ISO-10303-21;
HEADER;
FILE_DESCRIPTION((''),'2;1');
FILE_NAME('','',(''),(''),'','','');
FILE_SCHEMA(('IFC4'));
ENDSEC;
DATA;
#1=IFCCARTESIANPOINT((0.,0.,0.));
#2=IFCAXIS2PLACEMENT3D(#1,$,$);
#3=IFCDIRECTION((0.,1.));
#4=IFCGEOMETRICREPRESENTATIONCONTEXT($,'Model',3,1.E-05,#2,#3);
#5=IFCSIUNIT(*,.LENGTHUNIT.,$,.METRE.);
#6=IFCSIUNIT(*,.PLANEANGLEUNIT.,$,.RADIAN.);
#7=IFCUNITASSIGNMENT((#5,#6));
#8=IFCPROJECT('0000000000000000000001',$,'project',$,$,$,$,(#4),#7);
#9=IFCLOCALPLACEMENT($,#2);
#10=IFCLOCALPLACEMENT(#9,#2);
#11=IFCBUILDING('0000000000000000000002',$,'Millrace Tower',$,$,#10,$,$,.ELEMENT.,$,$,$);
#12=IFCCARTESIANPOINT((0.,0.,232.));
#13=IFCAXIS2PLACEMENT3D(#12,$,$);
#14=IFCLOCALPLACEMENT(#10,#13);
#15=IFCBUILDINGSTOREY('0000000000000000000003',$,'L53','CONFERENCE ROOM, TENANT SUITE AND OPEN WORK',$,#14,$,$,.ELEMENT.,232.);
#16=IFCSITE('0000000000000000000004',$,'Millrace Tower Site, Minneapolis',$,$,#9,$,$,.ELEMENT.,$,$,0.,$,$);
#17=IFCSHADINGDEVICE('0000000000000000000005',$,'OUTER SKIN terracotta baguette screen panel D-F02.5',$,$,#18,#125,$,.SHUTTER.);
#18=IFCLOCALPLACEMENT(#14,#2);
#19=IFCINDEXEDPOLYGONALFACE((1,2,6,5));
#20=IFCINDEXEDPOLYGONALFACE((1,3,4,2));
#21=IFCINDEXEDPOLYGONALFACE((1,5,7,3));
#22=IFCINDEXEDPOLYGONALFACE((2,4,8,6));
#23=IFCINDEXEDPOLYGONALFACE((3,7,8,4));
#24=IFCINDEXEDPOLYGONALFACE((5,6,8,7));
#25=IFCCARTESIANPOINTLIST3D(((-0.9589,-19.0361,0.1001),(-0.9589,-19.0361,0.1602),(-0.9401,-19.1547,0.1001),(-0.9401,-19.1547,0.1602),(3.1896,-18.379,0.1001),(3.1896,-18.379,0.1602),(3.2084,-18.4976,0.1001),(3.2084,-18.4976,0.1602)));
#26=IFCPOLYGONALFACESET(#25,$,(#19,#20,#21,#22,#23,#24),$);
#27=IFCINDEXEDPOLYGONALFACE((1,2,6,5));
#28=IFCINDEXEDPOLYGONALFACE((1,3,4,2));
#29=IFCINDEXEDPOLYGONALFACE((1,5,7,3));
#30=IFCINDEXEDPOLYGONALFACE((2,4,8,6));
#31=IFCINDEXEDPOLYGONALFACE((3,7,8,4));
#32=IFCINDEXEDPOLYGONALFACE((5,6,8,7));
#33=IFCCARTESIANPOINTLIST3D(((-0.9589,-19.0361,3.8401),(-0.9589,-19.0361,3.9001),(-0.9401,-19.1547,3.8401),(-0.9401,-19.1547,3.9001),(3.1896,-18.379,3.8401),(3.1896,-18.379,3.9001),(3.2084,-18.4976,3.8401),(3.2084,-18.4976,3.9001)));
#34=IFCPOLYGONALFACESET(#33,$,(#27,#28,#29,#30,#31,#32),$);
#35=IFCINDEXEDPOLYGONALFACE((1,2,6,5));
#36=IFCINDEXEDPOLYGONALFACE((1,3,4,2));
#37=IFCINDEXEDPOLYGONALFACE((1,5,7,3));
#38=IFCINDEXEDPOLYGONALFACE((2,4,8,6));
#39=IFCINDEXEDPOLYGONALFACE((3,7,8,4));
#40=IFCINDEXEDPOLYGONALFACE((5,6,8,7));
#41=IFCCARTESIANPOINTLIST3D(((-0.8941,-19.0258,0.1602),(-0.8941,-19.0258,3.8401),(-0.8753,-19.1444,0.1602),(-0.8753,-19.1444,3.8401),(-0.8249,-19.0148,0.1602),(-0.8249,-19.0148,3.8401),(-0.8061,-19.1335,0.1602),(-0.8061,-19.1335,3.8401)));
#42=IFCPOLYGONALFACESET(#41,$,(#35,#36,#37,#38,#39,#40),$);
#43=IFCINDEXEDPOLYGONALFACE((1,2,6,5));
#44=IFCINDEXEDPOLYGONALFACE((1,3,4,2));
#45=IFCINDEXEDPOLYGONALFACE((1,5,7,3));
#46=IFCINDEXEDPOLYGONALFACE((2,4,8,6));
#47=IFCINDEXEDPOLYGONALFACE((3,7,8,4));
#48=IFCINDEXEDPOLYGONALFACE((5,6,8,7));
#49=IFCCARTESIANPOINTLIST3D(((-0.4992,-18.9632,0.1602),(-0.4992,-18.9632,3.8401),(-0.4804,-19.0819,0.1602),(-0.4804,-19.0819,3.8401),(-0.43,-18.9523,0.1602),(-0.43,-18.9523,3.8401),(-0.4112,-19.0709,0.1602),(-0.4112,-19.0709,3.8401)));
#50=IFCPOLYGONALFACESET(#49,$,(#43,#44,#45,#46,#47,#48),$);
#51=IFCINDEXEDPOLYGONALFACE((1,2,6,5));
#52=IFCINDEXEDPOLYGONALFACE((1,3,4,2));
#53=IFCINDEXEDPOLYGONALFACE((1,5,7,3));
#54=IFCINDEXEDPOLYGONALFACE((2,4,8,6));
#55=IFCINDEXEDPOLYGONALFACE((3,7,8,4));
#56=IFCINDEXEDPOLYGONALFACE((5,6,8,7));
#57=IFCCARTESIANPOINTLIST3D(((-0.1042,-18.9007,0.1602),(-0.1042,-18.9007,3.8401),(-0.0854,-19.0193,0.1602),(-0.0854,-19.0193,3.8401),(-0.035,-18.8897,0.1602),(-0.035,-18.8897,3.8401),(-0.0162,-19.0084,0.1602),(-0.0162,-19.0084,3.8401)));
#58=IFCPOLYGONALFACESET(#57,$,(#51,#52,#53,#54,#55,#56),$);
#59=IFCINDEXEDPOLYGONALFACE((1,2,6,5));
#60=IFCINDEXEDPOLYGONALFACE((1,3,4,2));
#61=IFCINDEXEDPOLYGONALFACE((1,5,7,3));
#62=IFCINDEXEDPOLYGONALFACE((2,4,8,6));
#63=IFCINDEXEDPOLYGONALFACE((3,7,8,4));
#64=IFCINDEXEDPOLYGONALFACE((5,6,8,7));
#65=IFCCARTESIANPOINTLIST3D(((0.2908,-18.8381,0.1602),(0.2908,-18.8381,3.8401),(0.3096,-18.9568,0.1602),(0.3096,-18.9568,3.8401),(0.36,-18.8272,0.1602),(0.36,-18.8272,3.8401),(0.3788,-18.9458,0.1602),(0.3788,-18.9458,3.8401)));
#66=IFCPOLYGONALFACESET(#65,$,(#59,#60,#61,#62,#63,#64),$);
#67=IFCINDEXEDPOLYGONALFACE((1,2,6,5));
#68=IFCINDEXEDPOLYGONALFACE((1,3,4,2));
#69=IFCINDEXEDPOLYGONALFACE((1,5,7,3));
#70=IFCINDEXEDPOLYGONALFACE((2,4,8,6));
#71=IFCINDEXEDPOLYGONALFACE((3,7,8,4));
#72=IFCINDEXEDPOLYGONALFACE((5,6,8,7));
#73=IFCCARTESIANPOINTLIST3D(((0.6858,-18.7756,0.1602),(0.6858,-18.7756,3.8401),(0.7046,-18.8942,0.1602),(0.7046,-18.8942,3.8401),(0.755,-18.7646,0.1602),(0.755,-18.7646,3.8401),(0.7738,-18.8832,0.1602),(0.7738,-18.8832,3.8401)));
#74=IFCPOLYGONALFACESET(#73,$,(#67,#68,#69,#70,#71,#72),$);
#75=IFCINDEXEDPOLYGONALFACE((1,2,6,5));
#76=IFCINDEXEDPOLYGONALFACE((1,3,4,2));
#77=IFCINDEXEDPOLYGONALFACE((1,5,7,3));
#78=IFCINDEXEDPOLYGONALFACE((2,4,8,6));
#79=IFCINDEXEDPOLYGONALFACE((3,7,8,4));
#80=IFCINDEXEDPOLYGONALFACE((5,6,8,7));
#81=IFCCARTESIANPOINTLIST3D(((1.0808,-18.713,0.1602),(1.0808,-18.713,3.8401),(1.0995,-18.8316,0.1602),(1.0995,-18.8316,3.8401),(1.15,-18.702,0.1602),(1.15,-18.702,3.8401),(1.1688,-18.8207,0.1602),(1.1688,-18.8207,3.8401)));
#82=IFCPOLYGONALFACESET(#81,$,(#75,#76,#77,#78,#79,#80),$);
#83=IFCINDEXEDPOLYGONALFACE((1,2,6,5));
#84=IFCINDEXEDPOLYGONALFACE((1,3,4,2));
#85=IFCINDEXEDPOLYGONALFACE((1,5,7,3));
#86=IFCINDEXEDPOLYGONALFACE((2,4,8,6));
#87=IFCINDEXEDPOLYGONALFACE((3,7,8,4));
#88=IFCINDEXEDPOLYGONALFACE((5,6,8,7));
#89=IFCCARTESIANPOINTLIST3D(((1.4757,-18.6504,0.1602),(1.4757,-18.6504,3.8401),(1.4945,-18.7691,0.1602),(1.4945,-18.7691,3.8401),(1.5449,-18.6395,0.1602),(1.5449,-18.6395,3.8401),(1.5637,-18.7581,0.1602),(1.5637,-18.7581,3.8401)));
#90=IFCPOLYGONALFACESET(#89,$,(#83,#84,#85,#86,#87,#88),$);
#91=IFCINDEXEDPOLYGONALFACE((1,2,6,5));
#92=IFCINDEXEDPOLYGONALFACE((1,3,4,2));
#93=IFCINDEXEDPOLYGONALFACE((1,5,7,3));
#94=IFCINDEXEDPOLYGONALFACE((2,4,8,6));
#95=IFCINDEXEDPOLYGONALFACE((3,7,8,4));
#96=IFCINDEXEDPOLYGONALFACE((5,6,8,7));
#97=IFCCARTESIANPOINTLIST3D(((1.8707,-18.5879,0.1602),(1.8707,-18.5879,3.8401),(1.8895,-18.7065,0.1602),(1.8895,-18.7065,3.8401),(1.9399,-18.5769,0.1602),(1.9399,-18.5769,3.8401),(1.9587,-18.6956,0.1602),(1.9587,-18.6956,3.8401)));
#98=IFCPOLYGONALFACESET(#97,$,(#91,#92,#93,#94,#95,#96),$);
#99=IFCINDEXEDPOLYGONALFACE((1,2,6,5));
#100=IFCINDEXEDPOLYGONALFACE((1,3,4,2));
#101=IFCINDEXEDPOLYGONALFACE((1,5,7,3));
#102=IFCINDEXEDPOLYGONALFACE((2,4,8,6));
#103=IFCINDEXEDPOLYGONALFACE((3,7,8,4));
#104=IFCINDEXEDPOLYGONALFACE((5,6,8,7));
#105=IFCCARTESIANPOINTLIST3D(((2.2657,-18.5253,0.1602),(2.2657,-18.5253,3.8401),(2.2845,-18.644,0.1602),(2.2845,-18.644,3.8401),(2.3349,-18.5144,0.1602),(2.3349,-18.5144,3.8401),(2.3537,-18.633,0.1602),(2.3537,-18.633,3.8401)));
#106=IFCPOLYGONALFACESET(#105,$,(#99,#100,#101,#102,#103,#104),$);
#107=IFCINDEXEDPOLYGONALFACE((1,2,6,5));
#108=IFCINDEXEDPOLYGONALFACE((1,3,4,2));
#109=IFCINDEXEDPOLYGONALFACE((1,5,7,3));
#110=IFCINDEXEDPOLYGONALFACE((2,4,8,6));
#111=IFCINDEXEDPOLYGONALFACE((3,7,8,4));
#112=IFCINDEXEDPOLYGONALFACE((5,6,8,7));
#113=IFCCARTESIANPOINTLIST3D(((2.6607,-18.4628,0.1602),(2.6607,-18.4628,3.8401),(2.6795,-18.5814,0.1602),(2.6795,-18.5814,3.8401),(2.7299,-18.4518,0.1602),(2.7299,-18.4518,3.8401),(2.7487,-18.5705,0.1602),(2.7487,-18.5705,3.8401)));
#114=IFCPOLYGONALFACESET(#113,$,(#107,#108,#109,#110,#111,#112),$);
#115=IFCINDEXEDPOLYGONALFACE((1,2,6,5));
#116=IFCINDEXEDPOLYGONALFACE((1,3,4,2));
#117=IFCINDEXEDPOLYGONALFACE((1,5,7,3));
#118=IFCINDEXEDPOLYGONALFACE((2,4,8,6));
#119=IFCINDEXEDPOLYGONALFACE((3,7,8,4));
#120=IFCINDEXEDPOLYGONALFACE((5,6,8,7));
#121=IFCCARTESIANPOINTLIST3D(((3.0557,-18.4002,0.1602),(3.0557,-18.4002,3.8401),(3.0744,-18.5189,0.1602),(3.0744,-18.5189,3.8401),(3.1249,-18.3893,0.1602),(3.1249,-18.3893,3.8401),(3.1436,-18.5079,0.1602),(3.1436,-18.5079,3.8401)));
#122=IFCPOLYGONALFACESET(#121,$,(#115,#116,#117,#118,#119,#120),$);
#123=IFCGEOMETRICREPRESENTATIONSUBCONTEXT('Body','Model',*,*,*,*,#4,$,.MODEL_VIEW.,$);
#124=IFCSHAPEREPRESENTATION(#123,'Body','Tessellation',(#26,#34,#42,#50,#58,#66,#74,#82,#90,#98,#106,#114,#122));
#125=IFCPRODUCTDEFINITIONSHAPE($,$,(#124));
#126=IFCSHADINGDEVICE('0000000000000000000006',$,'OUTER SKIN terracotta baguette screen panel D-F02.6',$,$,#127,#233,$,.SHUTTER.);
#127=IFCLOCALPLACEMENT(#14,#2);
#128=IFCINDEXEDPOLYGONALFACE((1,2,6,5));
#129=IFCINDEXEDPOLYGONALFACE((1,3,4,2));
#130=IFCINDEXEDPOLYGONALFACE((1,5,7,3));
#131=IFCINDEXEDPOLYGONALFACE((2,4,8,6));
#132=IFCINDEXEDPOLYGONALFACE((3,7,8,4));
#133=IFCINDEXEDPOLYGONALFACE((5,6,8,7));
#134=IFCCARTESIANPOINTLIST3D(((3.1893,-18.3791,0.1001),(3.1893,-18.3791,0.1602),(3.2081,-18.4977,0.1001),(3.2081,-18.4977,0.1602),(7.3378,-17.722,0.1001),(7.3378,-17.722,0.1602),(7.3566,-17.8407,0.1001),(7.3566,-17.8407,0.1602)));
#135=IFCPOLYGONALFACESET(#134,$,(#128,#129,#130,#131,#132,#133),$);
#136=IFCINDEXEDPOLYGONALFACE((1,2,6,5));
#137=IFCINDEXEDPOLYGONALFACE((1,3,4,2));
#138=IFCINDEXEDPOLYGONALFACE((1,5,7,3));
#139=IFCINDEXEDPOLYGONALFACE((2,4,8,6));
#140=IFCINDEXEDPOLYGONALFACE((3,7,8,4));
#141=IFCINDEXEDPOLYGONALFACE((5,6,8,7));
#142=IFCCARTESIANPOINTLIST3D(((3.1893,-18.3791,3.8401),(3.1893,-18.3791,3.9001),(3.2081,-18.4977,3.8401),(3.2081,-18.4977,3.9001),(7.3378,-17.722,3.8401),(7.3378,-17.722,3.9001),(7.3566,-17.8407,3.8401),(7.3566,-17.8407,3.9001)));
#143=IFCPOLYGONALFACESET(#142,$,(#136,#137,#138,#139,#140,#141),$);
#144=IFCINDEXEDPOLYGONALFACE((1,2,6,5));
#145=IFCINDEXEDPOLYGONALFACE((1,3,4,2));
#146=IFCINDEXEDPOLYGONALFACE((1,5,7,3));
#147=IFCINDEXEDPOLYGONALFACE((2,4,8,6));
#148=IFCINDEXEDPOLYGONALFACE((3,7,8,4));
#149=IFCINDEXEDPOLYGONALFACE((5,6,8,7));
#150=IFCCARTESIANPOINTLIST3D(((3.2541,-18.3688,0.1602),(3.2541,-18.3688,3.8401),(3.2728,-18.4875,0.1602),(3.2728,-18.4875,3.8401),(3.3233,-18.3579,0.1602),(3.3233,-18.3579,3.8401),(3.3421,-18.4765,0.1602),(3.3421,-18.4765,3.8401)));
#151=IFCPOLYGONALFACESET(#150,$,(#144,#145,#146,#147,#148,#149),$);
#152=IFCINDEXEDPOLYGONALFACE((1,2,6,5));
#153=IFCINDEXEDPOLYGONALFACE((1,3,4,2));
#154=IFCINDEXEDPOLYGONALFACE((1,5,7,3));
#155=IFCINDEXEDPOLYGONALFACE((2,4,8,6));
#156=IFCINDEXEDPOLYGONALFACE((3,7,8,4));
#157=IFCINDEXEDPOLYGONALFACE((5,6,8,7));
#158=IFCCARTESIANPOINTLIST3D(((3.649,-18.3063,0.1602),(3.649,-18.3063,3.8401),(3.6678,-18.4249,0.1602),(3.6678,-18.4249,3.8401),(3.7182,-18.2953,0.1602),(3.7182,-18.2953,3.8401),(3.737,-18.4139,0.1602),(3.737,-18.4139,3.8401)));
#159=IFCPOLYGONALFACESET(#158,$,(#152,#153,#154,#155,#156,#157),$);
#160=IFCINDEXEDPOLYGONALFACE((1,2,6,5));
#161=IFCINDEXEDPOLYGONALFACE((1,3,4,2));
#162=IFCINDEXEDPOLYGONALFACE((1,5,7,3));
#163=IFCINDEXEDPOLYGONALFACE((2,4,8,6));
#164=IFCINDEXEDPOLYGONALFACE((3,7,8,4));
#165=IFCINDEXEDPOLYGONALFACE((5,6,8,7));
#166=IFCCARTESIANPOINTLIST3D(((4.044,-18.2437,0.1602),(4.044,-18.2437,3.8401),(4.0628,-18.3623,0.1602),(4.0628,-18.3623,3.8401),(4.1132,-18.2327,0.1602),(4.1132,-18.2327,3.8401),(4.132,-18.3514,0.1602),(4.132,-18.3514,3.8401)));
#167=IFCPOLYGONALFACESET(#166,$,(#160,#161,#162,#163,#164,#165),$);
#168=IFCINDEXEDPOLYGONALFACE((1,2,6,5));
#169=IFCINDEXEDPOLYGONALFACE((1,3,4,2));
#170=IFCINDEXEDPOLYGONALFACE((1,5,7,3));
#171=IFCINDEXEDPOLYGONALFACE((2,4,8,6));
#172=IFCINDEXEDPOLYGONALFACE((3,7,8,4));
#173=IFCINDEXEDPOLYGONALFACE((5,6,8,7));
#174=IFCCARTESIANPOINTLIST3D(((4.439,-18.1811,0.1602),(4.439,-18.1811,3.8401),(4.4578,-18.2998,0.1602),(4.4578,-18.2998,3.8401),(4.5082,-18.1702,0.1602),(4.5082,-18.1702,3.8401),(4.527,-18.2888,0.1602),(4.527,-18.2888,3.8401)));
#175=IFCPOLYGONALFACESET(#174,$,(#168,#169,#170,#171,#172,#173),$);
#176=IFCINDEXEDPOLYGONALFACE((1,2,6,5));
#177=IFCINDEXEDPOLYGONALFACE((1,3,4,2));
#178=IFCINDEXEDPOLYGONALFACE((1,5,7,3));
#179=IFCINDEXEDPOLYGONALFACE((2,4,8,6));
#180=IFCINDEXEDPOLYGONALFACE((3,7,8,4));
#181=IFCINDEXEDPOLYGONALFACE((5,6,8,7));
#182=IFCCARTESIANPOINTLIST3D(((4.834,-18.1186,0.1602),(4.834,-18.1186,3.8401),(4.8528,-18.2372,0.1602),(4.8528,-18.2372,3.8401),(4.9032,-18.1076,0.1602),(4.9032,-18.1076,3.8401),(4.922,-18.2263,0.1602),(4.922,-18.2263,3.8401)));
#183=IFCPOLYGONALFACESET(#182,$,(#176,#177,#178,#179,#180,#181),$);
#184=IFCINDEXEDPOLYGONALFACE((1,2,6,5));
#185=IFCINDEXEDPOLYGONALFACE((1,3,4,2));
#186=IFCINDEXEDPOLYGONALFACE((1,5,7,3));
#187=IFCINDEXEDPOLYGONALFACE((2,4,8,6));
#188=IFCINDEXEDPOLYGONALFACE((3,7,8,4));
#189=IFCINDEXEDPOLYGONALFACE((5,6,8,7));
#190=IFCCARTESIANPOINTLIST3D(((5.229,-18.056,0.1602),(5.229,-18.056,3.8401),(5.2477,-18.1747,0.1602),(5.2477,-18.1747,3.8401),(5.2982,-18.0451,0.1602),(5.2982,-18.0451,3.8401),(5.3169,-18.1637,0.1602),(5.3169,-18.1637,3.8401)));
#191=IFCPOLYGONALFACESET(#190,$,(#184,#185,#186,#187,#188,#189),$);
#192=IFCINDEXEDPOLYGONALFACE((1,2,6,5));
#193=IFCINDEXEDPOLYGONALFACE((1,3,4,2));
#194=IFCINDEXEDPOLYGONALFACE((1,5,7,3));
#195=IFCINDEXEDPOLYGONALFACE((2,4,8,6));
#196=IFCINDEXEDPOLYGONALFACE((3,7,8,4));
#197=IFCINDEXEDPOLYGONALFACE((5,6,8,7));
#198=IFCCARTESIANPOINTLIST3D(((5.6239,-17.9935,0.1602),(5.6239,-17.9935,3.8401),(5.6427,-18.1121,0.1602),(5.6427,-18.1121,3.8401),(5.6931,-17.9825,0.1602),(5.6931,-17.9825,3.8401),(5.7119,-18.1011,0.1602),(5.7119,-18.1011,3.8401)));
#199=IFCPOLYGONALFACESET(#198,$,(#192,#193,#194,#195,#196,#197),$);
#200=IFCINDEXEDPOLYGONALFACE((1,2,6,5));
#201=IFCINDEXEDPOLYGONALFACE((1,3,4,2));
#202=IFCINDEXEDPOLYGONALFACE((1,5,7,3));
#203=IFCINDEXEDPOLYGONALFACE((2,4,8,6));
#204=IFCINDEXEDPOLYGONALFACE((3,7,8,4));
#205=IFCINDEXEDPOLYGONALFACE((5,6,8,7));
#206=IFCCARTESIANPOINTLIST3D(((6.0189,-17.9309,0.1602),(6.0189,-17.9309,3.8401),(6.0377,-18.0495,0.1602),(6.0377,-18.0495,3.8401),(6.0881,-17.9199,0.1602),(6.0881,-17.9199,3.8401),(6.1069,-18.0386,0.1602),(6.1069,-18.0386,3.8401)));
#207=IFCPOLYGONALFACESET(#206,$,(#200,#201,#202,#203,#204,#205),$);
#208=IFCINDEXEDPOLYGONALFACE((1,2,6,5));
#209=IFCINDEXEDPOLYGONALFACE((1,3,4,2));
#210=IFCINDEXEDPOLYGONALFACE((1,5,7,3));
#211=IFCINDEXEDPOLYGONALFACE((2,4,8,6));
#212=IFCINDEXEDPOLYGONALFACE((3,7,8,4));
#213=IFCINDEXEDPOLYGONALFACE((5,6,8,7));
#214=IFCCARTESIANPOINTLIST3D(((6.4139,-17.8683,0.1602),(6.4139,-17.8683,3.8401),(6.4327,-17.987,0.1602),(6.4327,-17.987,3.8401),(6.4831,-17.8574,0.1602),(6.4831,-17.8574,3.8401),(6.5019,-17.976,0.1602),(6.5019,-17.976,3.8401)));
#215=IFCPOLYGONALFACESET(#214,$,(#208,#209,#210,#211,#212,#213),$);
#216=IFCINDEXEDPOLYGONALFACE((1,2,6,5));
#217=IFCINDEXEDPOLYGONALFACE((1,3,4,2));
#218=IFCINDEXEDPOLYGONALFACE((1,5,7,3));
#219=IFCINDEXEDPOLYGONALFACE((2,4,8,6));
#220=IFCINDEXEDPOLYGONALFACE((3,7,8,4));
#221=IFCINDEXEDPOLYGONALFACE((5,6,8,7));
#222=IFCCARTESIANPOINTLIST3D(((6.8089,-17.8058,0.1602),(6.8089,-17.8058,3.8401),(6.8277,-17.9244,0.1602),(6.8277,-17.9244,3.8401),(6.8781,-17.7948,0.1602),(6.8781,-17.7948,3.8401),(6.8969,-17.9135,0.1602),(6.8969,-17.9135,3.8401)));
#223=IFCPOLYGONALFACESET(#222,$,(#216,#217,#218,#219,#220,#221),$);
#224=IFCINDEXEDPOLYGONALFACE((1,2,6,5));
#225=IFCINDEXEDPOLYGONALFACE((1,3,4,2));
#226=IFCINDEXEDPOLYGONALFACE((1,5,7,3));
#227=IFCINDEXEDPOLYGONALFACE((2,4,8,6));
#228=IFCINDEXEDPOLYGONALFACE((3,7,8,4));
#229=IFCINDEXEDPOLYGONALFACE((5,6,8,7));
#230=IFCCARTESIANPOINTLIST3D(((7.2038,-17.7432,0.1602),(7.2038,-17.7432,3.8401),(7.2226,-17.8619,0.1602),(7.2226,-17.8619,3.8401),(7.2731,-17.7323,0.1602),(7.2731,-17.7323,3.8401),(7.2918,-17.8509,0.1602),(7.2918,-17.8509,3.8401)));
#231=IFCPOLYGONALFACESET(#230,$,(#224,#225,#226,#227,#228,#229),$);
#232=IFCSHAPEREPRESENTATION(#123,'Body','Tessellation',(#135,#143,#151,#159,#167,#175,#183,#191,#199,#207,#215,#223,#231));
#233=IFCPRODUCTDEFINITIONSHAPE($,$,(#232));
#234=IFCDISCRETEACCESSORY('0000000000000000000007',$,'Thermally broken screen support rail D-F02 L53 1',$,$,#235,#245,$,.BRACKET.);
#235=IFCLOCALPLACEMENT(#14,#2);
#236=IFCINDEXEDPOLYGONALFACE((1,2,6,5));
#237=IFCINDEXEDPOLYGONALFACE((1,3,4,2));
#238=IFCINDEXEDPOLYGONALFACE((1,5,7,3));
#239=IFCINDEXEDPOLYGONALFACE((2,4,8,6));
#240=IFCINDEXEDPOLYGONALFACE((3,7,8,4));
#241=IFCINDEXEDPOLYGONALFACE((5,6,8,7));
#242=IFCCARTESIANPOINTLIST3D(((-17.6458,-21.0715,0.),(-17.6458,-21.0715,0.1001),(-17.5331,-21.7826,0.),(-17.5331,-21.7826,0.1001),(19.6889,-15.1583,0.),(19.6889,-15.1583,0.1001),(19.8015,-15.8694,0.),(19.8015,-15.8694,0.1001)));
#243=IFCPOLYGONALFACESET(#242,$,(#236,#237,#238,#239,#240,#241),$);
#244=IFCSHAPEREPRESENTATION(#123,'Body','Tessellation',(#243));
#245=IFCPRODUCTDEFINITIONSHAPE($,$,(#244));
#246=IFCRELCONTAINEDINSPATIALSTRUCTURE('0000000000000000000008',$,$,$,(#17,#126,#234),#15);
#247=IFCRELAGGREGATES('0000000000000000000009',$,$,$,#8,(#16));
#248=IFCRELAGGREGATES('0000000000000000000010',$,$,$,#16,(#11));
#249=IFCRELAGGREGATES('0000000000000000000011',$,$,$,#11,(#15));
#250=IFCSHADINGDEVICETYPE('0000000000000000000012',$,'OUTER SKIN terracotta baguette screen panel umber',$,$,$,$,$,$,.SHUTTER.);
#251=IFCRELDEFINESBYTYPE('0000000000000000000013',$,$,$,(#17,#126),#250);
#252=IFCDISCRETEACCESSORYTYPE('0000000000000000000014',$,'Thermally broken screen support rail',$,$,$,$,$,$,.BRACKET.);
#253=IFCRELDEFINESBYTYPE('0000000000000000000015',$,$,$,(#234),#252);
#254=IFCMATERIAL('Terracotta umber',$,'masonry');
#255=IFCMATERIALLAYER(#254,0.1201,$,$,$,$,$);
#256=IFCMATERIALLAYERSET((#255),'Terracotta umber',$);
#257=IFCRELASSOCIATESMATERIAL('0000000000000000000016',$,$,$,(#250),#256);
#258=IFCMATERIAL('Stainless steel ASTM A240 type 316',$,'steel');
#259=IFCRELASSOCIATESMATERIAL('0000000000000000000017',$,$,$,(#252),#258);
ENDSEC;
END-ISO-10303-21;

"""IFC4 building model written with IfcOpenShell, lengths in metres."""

from ifc_helpers import new_model, entity, si_unit, direction, frame, frame_2d, origin, origin_2d, place, context, subcontext, project, spatial, rectangle, extrude, source, transform, mapped, material, layer, layer_set, type_object, element, save


model = new_model("IFC4")

# Units and contexts
model_context = context("Model", 3, precision=1e-05, world=origin(), true_north=direction((0.0, 1.0)))
body_context = subcontext(model_context, "Body", "Model", "MODEL_VIEW")
ifc_project = project(units=[si_unit("LENGTHUNIT", "METRE"), si_unit("PLANEANGLEUNIT", "RADIAN")], contexts=[model_context])

# Site, building, storey
site_placement = place(None, origin())
site = spatial("IfcSite", under=ifc_project, at=site_placement, Name="Millrace Tower Site, Minneapolis", CompositionType="ELEMENT", RefElevation=0.0)
building_placement = place(site_placement, origin())
building = spatial("IfcBuilding", under=site, at=building_placement, Name="Millrace Tower", CompositionType="ELEMENT")
storey_placement = place(building_placement, frame((0.0, 0.0, 232.0)))
storey = spatial("IfcBuildingStorey", under=building, at=storey_placement, Name="L53", Description="CONFERENCE ROOM, TENANT SUITE AND OPEN WORK", CompositionType="ELEMENT", Elevation=232.0)

# Shading devices
ifc_material_1 = material(Name="Terracotta umber", Category="masonry")
ifc_layer_1 = layer(ifc_material_1, 0.1201)
ifc_layer_set_1 = layer_set([ifc_layer_1], Name="Terracotta umber")
shading_device_type = type_object("IfcShadingDeviceType", Name="OUTER SKIN terracotta baguette screen panel umber", PredefinedType="SHUTTER", material=ifc_layer_set_1)
cartesian_point = entity("IfcCartesianPoint", [-2.1001, 0.0601])
shared_polyline = entity("IfcPolyline", [cartesian_point, entity("IfcCartesianPoint", [2.1001, 0.0601]), entity("IfcCartesianPoint", [2.1001, -0.0601]), entity("IfcCartesianPoint", [-2.1001, -0.0601]), cartesian_point])
shared_shape = source(origin(), body_context, "Body", "SweptSolid", [
    entity("IfcExtrudedAreaSolid", entity("IfcArbitraryClosedProfileDef", "AREA", None, shared_polyline), entity("IfcAxis2Placement3D", entity("IfcCartesianPoint", [0.0, 0.0, 0.0])), entity("IfcDirection", [0.0, 0.0, 1.0]), 0.0601),
    entity("IfcExtrudedAreaSolid", entity("IfcArbitraryClosedProfileDef", "AREA", None, shared_polyline), entity("IfcAxis2Placement3D", entity("IfcCartesianPoint", [0.0, 0.0, 3.74])), entity("IfcDirection", [0.0, 0.0, 1.0]), 0.0601),
    extrude(rectangle(XDim=0.0701, YDim=0.1201, at=frame_2d((-1.9995, 0.0))), frame((0.0, 0.0, 0.0601)), (0.0, 0.0, 1.0), 3.6799),
    extrude(rectangle(XDim=0.0701, YDim=0.1201, at=frame_2d((-1.5996, 0.0))), frame((0.0, 0.0, 0.0601)), (0.0, 0.0, 1.0), 3.6799),
    extrude(rectangle(XDim=0.0701, YDim=0.1201, at=frame_2d((-1.1997, 0.0))), frame((0.0, 0.0, 0.0601)), (0.0, 0.0, 1.0), 3.6799),
    extrude(rectangle(XDim=0.0701, YDim=0.1201, at=frame_2d((-0.7998, 0.0))), frame((0.0, 0.0, 0.0601)), (0.0, 0.0, 1.0), 3.6799),
    extrude(rectangle(XDim=0.0701, YDim=0.1201, at=frame_2d((-0.3999, 0.0))), frame((0.0, 0.0, 0.0601)), (0.0, 0.0, 1.0), 3.6799),
    extrude(rectangle(XDim=0.0701, YDim=0.1201, at=origin_2d()), frame((0.0, 0.0, 0.0601)), (0.0, 0.0, 1.0), 3.6799),
    extrude(rectangle(XDim=0.0701, YDim=0.1201, at=frame_2d((0.3999, 0.0))), frame((0.0, 0.0, 0.0601)), (0.0, 0.0, 1.0), 3.6799),
    extrude(rectangle(XDim=0.0701, YDim=0.1201, at=frame_2d((0.7998, 0.0))), frame((0.0, 0.0, 0.0601)), (0.0, 0.0, 1.0), 3.6799),
    extrude(rectangle(XDim=0.0701, YDim=0.1201, at=frame_2d((1.1997, 0.0))), frame((0.0, 0.0, 0.0601)), (0.0, 0.0, 1.0), 3.6799),
    extrude(rectangle(XDim=0.0701, YDim=0.1201, at=frame_2d((1.5996, 0.0))), frame((0.0, 0.0, 0.0601)), (0.0, 0.0, 1.0), 3.6799),
    extrude(rectangle(XDim=0.0701, YDim=0.1201, at=frame_2d((1.9995, 0.0))), frame((0.0, 0.0, 0.0601)), (0.0, 0.0, 1.0), 3.6799),
])
for number, where, z_axis, x_axis, name in (
    (1, (1.1248, -18.7668, 0.1001), (0.0, 0.0, 1.0), (0.987688, 0.156434, 0.0), "OUTER SKIN terracotta baguette screen panel D-F02.5"),
    (2, (5.2729, -18.1099, 0.1001), (0.0, 0.0, 1.0), (0.987688, 0.156434, 0.0), "OUTER SKIN terracotta baguette screen panel D-F02.6"),
):
    element("IfcShadingDevice", number, at=place(storey_placement, frame(where, z_axis=z_axis, x_axis=x_axis)), inside=storey, type_object=shading_device_type, Name=name, PredefinedType="SHUTTER", context=body_context, shape_type="MappedRepresentation", body=[
        mapped(shared_shape, transform((0.0, 0.0, 0.0), scale=1.0)),
    ])

# Discrete accessory
ifc_material_2 = material(Name="Stainless steel ASTM A240 type 316", Category="steel")
discrete_accessory_type = type_object("IfcDiscreteAccessoryType", Name="Thermally broken screen support rail", PredefinedType="BRACKET", material=ifc_material_2)
discrete_accessory_placement = place(storey_placement, frame((1.0779, -18.4705, 0.0), z_axis=(0.0, 0.0, 1.0), x_axis=(0.987688, 0.156434, 0.0)))
element("IfcDiscreteAccessory", 3, at=discrete_accessory_placement, inside=storey, type_object=discrete_accessory_type, Name="Thermally broken screen support rail D-F02 L53 1", PredefinedType="BRACKET", context=body_context, shape_type="SweptSolid", body=[
    extrude(rectangle(XDim=37.8, YDim=0.72, at=origin_2d()), origin(), (0.0, 0.0, 1.0), 0.1001),
])

save(model, "model.ifc")
